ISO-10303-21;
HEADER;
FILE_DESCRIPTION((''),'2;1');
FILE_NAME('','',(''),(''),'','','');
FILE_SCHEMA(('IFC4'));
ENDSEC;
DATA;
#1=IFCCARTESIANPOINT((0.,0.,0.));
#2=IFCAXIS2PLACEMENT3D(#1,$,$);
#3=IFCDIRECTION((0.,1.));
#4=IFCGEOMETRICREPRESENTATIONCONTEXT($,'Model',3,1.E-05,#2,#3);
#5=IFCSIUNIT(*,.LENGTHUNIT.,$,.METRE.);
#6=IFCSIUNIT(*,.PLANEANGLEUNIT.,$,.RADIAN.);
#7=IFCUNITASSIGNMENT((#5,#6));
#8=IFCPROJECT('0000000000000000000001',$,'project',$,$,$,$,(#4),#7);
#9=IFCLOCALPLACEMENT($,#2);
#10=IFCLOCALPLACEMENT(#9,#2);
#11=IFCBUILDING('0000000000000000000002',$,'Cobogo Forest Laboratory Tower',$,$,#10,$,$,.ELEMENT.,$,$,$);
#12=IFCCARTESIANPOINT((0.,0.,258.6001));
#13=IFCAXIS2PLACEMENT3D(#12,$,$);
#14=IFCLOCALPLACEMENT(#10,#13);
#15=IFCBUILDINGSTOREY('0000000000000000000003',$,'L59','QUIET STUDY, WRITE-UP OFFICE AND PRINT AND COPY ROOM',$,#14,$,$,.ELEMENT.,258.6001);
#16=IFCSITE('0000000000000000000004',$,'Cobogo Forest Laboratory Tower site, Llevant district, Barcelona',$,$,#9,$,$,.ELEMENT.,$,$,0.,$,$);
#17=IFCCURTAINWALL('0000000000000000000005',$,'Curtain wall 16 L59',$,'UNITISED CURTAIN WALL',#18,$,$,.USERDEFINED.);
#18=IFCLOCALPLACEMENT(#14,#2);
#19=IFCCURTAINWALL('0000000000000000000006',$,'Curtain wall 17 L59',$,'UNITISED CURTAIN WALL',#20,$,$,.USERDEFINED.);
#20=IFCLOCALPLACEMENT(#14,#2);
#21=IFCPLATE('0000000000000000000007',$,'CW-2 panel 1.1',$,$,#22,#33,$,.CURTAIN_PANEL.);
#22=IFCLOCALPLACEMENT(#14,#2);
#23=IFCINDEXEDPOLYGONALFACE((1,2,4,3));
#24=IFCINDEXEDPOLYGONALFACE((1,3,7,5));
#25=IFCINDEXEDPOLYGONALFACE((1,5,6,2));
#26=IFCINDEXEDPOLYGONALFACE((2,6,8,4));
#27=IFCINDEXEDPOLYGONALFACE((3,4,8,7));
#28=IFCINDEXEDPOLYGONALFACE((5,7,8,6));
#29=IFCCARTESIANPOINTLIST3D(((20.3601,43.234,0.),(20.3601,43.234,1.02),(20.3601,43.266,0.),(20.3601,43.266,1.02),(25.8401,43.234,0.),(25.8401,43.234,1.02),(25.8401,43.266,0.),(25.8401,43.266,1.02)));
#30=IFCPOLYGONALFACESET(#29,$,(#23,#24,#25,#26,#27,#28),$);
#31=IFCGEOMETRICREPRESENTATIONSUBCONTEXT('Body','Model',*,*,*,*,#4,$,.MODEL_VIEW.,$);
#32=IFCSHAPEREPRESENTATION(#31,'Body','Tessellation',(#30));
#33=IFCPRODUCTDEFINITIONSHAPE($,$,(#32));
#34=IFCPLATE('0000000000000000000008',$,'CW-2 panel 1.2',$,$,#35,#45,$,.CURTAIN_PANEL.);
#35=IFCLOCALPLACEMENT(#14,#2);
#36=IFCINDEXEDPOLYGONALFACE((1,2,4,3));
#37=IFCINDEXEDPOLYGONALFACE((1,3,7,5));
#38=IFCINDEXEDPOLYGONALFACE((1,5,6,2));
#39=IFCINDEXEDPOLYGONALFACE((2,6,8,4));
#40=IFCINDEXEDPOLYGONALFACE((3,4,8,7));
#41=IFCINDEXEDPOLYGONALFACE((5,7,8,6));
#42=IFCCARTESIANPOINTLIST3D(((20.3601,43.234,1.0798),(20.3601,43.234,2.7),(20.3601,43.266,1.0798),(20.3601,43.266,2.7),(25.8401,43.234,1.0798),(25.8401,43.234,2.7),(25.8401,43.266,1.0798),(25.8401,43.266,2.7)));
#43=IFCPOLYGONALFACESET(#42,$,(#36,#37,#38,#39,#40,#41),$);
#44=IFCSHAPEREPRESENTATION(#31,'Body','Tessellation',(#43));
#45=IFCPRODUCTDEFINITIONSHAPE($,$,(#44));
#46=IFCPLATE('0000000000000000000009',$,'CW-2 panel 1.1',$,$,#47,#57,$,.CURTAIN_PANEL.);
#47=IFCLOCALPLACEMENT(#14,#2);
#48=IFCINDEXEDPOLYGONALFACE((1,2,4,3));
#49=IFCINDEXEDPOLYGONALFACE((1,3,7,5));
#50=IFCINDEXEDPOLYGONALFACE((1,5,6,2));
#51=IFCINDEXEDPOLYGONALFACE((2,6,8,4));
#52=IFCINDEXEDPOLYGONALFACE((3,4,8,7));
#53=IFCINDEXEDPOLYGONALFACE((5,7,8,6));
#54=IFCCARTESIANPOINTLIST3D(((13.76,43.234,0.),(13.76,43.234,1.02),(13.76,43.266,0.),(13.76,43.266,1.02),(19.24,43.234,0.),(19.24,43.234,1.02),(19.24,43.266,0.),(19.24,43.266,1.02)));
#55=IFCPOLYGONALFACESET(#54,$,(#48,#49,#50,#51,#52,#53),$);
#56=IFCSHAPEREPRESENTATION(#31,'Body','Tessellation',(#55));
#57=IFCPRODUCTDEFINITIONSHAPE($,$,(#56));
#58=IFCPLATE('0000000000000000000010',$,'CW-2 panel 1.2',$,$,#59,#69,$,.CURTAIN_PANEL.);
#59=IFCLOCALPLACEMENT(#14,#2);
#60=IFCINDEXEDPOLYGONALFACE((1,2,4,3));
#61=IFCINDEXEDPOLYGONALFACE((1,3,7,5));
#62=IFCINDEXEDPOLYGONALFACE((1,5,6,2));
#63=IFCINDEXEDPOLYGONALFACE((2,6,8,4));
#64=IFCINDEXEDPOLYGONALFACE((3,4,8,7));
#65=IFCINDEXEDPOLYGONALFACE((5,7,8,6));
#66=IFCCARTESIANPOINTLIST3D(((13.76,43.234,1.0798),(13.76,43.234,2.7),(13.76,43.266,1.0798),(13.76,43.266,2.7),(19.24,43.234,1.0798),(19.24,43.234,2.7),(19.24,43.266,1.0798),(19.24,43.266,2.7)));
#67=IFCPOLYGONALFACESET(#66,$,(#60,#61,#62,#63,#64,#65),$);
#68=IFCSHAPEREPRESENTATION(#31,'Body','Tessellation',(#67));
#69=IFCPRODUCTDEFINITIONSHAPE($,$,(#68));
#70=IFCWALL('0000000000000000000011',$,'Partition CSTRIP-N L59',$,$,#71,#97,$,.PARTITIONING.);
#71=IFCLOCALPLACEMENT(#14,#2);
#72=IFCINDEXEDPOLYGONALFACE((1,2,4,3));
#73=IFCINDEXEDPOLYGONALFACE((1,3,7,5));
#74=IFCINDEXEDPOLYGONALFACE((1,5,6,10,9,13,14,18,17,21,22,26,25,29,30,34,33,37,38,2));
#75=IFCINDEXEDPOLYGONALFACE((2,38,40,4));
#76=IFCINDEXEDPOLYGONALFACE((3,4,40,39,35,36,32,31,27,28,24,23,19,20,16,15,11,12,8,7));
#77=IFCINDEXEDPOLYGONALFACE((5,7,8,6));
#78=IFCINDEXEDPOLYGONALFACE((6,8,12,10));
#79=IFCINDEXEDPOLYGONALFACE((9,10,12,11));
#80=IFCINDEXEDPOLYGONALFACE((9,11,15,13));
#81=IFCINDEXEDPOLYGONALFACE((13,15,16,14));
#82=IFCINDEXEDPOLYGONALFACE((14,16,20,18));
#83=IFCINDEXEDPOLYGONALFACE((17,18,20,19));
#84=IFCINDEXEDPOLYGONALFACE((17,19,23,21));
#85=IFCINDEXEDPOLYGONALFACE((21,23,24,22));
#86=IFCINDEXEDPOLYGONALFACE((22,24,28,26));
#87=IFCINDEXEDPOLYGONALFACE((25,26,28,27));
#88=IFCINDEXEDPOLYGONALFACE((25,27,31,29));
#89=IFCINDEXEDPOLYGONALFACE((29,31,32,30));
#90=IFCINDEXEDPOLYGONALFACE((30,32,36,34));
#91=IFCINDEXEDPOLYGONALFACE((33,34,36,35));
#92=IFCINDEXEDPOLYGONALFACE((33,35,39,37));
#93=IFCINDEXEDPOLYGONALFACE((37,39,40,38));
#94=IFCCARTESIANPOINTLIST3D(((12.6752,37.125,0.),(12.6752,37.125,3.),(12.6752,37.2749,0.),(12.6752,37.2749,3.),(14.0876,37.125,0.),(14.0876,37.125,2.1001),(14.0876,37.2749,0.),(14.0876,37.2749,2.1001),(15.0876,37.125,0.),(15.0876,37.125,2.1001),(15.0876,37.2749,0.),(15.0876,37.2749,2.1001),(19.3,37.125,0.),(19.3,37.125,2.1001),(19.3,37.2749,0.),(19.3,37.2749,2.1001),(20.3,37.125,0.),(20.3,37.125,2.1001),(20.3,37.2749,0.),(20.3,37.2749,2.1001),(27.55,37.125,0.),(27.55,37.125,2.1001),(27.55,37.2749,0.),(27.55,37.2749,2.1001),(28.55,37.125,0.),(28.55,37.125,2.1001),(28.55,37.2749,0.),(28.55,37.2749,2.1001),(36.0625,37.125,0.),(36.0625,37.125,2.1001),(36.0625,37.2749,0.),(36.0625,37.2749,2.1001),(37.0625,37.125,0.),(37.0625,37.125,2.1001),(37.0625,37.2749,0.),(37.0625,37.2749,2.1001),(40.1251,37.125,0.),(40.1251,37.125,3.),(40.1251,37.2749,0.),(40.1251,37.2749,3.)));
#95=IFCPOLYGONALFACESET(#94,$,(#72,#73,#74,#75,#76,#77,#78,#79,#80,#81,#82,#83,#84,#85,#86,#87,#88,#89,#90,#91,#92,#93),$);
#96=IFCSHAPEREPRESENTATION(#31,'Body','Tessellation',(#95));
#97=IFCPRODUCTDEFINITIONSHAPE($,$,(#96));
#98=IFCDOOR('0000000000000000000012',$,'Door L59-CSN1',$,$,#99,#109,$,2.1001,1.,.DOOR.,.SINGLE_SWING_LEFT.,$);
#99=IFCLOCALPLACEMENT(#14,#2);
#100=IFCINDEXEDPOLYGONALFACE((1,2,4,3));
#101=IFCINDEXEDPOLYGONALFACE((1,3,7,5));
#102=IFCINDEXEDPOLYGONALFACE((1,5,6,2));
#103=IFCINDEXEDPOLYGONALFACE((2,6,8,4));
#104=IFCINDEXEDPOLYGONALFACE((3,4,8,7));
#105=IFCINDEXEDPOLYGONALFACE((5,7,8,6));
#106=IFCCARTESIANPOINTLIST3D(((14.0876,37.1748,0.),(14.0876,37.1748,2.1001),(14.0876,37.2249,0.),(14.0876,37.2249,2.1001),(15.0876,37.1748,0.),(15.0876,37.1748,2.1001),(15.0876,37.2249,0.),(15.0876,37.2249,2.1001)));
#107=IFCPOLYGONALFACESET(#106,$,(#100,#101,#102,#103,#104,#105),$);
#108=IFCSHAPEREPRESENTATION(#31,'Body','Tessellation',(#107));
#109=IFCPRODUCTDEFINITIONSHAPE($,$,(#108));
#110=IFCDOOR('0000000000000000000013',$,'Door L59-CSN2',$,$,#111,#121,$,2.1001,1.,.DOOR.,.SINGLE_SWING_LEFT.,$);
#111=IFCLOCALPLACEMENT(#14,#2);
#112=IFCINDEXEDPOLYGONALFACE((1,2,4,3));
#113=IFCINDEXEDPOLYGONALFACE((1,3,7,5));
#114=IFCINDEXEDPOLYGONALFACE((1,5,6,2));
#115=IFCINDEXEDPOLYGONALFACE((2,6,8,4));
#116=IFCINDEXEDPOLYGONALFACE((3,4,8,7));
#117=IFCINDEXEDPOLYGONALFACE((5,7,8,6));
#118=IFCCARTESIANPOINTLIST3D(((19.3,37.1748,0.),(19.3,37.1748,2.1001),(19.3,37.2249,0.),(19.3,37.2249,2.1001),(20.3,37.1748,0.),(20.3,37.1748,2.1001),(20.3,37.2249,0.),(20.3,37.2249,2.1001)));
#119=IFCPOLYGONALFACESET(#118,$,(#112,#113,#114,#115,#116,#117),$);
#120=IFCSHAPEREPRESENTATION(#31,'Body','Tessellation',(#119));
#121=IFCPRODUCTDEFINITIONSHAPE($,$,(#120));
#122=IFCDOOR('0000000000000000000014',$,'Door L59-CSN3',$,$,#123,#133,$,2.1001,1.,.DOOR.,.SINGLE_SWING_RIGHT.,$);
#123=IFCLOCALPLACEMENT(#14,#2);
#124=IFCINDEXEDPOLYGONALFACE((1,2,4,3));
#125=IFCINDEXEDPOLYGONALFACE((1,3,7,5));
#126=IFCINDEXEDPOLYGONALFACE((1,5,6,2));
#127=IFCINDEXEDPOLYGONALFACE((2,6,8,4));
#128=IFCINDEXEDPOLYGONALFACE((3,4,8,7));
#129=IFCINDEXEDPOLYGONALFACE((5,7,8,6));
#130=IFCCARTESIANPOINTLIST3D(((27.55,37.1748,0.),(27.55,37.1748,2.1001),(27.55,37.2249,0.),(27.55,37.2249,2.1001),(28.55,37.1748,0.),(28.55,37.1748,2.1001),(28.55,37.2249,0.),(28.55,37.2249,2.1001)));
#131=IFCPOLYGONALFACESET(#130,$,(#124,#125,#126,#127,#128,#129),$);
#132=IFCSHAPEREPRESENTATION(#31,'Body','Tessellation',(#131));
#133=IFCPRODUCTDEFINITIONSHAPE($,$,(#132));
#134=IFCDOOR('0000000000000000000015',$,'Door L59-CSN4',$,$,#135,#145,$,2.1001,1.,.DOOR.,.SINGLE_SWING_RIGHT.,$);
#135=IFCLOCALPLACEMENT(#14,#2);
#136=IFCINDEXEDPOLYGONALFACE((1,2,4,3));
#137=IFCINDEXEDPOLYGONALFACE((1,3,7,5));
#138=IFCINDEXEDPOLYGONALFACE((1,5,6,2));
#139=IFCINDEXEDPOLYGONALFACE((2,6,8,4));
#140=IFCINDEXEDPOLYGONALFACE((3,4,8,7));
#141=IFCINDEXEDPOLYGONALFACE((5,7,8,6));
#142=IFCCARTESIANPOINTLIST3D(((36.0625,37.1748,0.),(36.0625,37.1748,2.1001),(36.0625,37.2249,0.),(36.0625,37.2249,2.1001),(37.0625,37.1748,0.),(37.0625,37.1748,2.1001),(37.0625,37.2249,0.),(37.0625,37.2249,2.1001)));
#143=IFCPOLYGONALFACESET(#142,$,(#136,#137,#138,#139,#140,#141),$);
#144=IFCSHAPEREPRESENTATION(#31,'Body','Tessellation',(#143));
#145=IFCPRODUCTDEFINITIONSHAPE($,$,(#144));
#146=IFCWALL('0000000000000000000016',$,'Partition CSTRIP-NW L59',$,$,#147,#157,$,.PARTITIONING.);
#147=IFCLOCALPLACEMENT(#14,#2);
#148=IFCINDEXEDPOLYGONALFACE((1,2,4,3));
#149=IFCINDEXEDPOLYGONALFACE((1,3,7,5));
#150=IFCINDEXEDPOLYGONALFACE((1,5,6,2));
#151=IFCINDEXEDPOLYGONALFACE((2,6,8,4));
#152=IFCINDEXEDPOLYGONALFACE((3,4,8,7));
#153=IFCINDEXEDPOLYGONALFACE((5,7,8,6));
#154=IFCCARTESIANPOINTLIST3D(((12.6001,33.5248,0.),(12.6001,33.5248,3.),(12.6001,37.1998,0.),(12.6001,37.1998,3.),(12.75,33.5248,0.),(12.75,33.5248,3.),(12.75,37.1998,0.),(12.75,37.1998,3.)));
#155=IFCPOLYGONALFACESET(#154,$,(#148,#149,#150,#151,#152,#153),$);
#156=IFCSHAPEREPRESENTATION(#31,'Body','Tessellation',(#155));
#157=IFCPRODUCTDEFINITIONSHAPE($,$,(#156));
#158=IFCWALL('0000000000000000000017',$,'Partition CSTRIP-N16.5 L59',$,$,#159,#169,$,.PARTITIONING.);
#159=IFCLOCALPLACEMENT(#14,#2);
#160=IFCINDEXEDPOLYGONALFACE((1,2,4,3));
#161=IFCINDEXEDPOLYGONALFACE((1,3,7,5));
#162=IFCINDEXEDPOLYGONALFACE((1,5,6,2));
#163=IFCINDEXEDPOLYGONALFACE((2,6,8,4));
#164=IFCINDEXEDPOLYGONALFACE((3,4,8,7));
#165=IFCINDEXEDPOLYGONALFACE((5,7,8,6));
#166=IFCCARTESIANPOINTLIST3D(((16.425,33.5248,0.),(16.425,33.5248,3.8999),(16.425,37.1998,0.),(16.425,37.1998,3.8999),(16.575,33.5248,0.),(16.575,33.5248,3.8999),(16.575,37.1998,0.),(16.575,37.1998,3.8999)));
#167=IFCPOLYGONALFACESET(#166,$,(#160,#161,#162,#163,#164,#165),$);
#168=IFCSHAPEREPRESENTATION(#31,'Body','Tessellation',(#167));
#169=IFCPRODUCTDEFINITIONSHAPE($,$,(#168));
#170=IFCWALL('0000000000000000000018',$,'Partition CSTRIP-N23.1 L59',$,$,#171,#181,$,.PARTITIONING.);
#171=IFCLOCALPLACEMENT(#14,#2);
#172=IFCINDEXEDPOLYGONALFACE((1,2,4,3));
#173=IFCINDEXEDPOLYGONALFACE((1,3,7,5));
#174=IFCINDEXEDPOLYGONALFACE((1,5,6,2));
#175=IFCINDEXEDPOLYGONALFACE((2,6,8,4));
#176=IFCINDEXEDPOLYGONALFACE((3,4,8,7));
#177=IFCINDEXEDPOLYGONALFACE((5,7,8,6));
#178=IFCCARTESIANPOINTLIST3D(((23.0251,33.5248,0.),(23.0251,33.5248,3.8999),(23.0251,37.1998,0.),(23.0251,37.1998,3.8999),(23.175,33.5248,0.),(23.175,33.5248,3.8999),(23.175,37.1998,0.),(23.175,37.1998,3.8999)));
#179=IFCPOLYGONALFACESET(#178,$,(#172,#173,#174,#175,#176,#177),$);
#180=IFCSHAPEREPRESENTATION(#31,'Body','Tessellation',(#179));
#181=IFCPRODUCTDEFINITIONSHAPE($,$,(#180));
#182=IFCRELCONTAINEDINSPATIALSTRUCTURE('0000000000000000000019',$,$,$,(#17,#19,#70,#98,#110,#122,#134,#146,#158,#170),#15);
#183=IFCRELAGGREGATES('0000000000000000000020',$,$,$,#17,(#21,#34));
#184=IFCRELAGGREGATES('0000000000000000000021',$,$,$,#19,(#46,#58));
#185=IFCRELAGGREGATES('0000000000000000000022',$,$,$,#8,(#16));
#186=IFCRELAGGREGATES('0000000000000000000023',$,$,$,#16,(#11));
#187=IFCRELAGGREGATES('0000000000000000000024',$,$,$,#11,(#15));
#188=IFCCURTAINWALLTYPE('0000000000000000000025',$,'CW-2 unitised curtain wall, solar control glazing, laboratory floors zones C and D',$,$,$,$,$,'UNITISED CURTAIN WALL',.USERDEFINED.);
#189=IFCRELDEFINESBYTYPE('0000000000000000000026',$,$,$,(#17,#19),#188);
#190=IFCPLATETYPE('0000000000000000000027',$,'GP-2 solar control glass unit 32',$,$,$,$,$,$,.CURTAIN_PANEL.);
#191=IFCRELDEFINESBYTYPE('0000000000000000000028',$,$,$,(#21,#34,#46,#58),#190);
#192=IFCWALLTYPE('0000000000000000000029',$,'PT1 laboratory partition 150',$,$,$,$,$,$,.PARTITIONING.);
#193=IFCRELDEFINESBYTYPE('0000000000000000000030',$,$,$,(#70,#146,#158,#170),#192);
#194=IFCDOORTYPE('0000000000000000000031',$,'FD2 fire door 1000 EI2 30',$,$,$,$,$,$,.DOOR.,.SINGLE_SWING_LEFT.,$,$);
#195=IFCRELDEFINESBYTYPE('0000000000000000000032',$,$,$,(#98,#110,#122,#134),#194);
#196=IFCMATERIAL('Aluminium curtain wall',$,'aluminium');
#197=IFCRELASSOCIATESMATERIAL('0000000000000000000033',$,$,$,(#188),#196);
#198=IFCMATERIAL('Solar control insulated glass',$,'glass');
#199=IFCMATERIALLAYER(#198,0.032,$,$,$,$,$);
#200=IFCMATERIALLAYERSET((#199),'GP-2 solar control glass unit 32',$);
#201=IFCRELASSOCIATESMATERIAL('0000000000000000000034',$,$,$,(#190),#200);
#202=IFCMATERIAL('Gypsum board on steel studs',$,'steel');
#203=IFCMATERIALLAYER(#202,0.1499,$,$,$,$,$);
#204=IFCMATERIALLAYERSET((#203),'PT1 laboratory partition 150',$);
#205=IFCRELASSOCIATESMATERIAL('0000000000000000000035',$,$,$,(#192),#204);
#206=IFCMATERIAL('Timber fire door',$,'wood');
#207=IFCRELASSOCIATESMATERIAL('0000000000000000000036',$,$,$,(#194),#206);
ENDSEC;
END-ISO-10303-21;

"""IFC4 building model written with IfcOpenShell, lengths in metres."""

from ifc_helpers import new_model, si_unit, direction, frame, frame_2d, origin, origin_2d, place, context, subcontext, project, spatial, rectangle, extrude, material, layer, layer_set, type_object, element, fill, aggregate, save


model = new_model("IFC4")

# Units and contexts
model_context = context("Model", 3, precision=1e-05, world=origin(), true_north=direction((0.0, 1.0)))
body_context = subcontext(model_context, "Body", "Model", "MODEL_VIEW")
ifc_project = project(units=[si_unit("LENGTHUNIT", "METRE"), si_unit("PLANEANGLEUNIT", "RADIAN")], contexts=[model_context])

# Site, building, storey
site_placement = place(None, origin())
site = spatial("IfcSite", under=ifc_project, at=site_placement, Name="Cobogo Forest Laboratory Tower site, Llevant district, Barcelona", CompositionType="ELEMENT", RefElevation=0.0)
building_placement = place(site_placement, origin())
building = spatial("IfcBuilding", under=site, at=building_placement, Name="Cobogo Forest Laboratory Tower", CompositionType="ELEMENT")
storey_placement = place(building_placement, frame((0.0, 0.0, 258.6001)))
storey = spatial("IfcBuildingStorey", under=building, at=storey_placement, Name="L59", Description="QUIET STUDY, WRITE-UP OFFICE AND PRINT AND COPY ROOM", CompositionType="ELEMENT", Elevation=258.6001)

# Curtain walls
ifc_material_1 = material(Name="Aluminium curtain wall", Category="aluminium")
curtain_wall_type = type_object("IfcCurtainWallType", Name="CW-2 unitised curtain wall, solar control glazing, laboratory floors zones C and D", ElementType="UNITISED CURTAIN WALL", PredefinedType="USERDEFINED", material=ifc_material_1)
curtain_wall_1_placement = place(storey_placement, origin())
curtain_wall_1 = element("IfcCurtainWall", 1, at=curtain_wall_1_placement, inside=storey, type_object=curtain_wall_type, Name="Curtain wall 16 L59", ObjectType="UNITISED CURTAIN WALL", PredefinedType="USERDEFINED")
curtain_wall_2_placement = place(storey_placement, origin())
curtain_wall_2 = element("IfcCurtainWall", 2, at=curtain_wall_2_placement, inside=storey, type_object=curtain_wall_type, Name="Curtain wall 17 L59", ObjectType="UNITISED CURTAIN WALL", PredefinedType="USERDEFINED")

# Plates
ifc_material_2 = material(Name="Solar control insulated glass", Category="glass")
ifc_layer_1 = layer(ifc_material_2, 0.032)
ifc_layer_set_1 = layer_set([ifc_layer_1], Name="GP-2 solar control glass unit 32")
plate_type_1 = type_object("IfcPlateType", Name="GP-2 solar control glass unit 32", PredefinedType="CURTAIN_PANEL", material=ifc_layer_set_1)
plate_1_placement = place(storey_placement, frame((23.1001, 43.25, 0.0), z_axis=(0.0, 0.0, 1.0), x_axis=(-1.0, 0.0, 0.0)))
plate_1 = element("IfcPlate", 3, at=plate_1_placement, type_object=plate_type_1, Name="CW-2 panel 1.1", PredefinedType="CURTAIN_PANEL", context=body_context, shape_type="SweptSolid", body=[
    extrude(rectangle(XDim=5.48, YDim=0.032, at=origin_2d()), origin(), (0.0, 0.0, 1.0), 1.02),
])
plate_2_placement = place(storey_placement, frame((23.1001, 43.25, 1.0798), z_axis=(0.0, 0.0, 1.0), x_axis=(-1.0, 0.0, 0.0)))
plate_2 = element("IfcPlate", 4, at=plate_2_placement, type_object=plate_type_1, Name="CW-2 panel 1.2", PredefinedType="CURTAIN_PANEL", context=body_context, shape_type="SweptSolid", body=[
    extrude(rectangle(XDim=5.48, YDim=0.032, at=origin_2d()), origin(), (0.0, 0.0, 1.0), 1.6201),
])
aggregate(curtain_wall_1, [plate_1, plate_2])
plate_3_placement = place(storey_placement, frame((16.5, 43.25, 0.0), z_axis=(0.0, 0.0, 1.0), x_axis=(-1.0, 0.0, 0.0)))
plate_3 = element("IfcPlate", 5, at=plate_3_placement, type_object=plate_type_1, Name="CW-2 panel 1.1", PredefinedType="CURTAIN_PANEL", context=body_context, shape_type="SweptSolid", body=[
    extrude(rectangle(XDim=5.48, YDim=0.032, at=origin_2d()), origin(), (0.0, 0.0, 1.0), 1.02),
])
plate_4_placement = place(storey_placement, frame((16.5, 43.25, 1.0798), z_axis=(0.0, 0.0, 1.0), x_axis=(-1.0, 0.0, 0.0)))
plate_4 = element("IfcPlate", 6, at=plate_4_placement, type_object=plate_type_1, Name="CW-2 panel 1.2", PredefinedType="CURTAIN_PANEL", context=body_context, shape_type="SweptSolid", body=[
    extrude(rectangle(XDim=5.48, YDim=0.032, at=origin_2d()), origin(), (0.0, 0.0, 1.0), 1.6201),
])
aggregate(curtain_wall_2, [plate_3, plate_4])

# Wall, openings, doors
ifc_material_3 = material(Name="Gypsum board on steel studs", Category="steel")
ifc_layer_2 = layer(ifc_material_3, 0.1499)
ifc_layer_set_2 = layer_set([ifc_layer_2], Name="PT1 laboratory partition 150")
wall_type = type_object("IfcWallType", Name="PT1 laboratory partition 150", PredefinedType="PARTITIONING", material=ifc_layer_set_2)
wall_1_placement = place(storey_placement, frame((12.675, 37.2, 0.0), z_axis=(0.0, 0.0, 1.0), x_axis=(1.0, 0.0, 0.0)))
wall_1 = element("IfcWall", 7, at=wall_1_placement, inside=storey, type_object=wall_type, Name="Partition CSTRIP-N L59", PredefinedType="PARTITIONING", context=body_context, shape_type="SweptSolid", body=[
    extrude(rectangle(XDim=27.45, YDim=0.1499, at=frame_2d((13.7251, 0.0))), origin(), (0.0, 0.0, 1.0), 3.0),
])
opening_1_placement = place(wall_1_placement, frame((1.4126, 0.0, 0.0)))
opening_1 = element("IfcOpeningElement", 8, at=opening_1_placement, cuts=wall_1, PredefinedType="OPENING", context=body_context, shape_type="SweptSolid", body=[
    extrude(rectangle(XDim=1.0, YDim=2.1001, at=frame_2d((0.5, 1.05))), frame((0.0, 0.085, 0.0), z_axis=(0.0, -1.0, 0.0), x_axis=(1.0, 0.0, 0.0)), (0.0, 0.0, 1.0), 0.1699),
])
opening_2_placement = place(wall_1_placement, frame((6.625, 0.0, 0.0)))
opening_2 = element("IfcOpeningElement", 9, at=opening_2_placement, cuts=wall_1, PredefinedType="OPENING", context=body_context, shape_type="SweptSolid", body=[
    extrude(rectangle(XDim=1.0, YDim=2.1001, at=frame_2d((0.5, 1.05))), frame((0.0, 0.085, 0.0), z_axis=(0.0, -1.0, 0.0), x_axis=(1.0, 0.0, 0.0)), (0.0, 0.0, 1.0), 0.1699),
])
opening_3_placement = place(wall_1_placement, frame((14.875, 0.0, 0.0)))
opening_3 = element("IfcOpeningElement", 10, at=opening_3_placement, cuts=wall_1, PredefinedType="OPENING", context=body_context, shape_type="SweptSolid", body=[
    extrude(rectangle(XDim=1.0, YDim=2.1001, at=frame_2d((0.5, 1.05))), frame((0.0, 0.085, 0.0), z_axis=(0.0, -1.0, 0.0), x_axis=(1.0, 0.0, 0.0)), (0.0, 0.0, 1.0), 0.1699),
])
opening_4_placement = place(wall_1_placement, frame((23.3875, 0.0, 0.0)))
opening_4 = element("IfcOpeningElement", 11, at=opening_4_placement, cuts=wall_1, PredefinedType="OPENING", context=body_context, shape_type="SweptSolid", body=[
    extrude(rectangle(XDim=1.0, YDim=2.1001, at=frame_2d((0.5, 1.05))), frame((0.0, 0.085, 0.0), z_axis=(0.0, -1.0, 0.0), x_axis=(1.0, 0.0, 0.0)), (0.0, 0.0, 1.0), 0.1699),
])
ifc_material_4 = material(Name="Timber fire door", Category="wood")
door_type = type_object("IfcDoorType", Name="FD2 fire door 1000 EI2 30", OperationType="SINGLE_SWING_LEFT", PredefinedType="DOOR", material=ifc_material_4)
door_1_placement = place(opening_1_placement, origin())
door_1 = element("IfcDoor", 12, at=door_1_placement, inside=storey, type_object=door_type, Name="Door L59-CSN1", OperationType="SINGLE_SWING_LEFT", OverallHeight=2.1001, OverallWidth=1.0, PredefinedType="DOOR", context=body_context, shape_type="SweptSolid", body=[
    extrude(rectangle(XDim=1.0, YDim=2.1001, at=frame_2d((0.5, 1.05))), frame((0.0, 0.0249, 0.0), z_axis=(0.0, -1.0, 0.0), x_axis=(1.0, 0.0, 0.0)), (0.0, 0.0, 1.0), 0.05),
])
fill(opening_1, door_1)
door_2_placement = place(opening_2_placement, origin())
door_2 = element("IfcDoor", 13, at=door_2_placement, inside=storey, type_object=door_type, Name="Door L59-CSN2", OperationType="SINGLE_SWING_LEFT", OverallHeight=2.1001, OverallWidth=1.0, PredefinedType="DOOR", context=body_context, shape_type="SweptSolid", body=[
    extrude(rectangle(XDim=1.0, YDim=2.1001, at=frame_2d((0.5, 1.05))), frame((0.0, 0.0249, 0.0), z_axis=(0.0, -1.0, 0.0), x_axis=(1.0, 0.0, 0.0)), (0.0, 0.0, 1.0), 0.05),
])
fill(opening_2, door_2)
door_3_placement = place(opening_3_placement, origin())
door_3 = element("IfcDoor", 14, at=door_3_placement, inside=storey, type_object=door_type, Name="Door L59-CSN3", OperationType="SINGLE_SWING_RIGHT", OverallHeight=2.1001, OverallWidth=1.0, PredefinedType="DOOR", context=body_context, shape_type="SweptSolid", body=[
    extrude(rectangle(XDim=1.0, YDim=2.1001, at=frame_2d((0.5, 1.05))), frame((0.0, 0.0249, 0.0), z_axis=(0.0, -1.0, 0.0), x_axis=(1.0, 0.0, 0.0)), (0.0, 0.0, 1.0), 0.05),
])
fill(opening_3, door_3)
door_4_placement = place(opening_4_placement, origin())
door_4 = element("IfcDoor", 15, at=door_4_placement, inside=storey, type_object=door_type, Name="Door L59-CSN4", OperationType="SINGLE_SWING_RIGHT", OverallHeight=2.1001, OverallWidth=1.0, PredefinedType="DOOR", context=body_context, shape_type="SweptSolid", body=[
    extrude(rectangle(XDim=1.0, YDim=2.1001, at=frame_2d((0.5, 1.05))), frame((0.0, 0.0249, 0.0), z_axis=(0.0, -1.0, 0.0), x_axis=(1.0, 0.0, 0.0)), (0.0, 0.0, 1.0), 0.05),
])
fill(opening_4, door_4)

# Walls
wall_2_placement = place(storey_placement, frame((12.675, 33.5249, 0.0), z_axis=(0.0, 0.0, 1.0), x_axis=(0.0, 1.0, 0.0)))
element("IfcWall", 16, at=wall_2_placement, inside=storey, type_object=wall_type, Name="Partition CSTRIP-NW L59", PredefinedType="PARTITIONING", context=body_context, shape_type="SweptSolid", body=[
    extrude(rectangle(XDim=3.675, YDim=0.1499, at=frame_2d((1.8374, 0.0))), origin(), (0.0, 0.0, 1.0), 3.0),
])
for number, where, z_axis, x_axis, name in (
    (17, (16.5, 33.5249, 0.0), (0.0, 0.0, 1.0), (0.0, 1.0, 0.0), "Partition CSTRIP-N16.5 L59"),
    (18, (23.1001, 33.5249, 0.0), (0.0, 0.0, 1.0), (0.0, 1.0, 0.0), "Partition CSTRIP-N23.1 L59"),
):
    element("IfcWall", number, at=place(storey_placement, frame(where, z_axis=z_axis, x_axis=x_axis)), inside=storey, type_object=wall_type, Name=name, PredefinedType="PARTITIONING", context=body_context, shape_type="SweptSolid", body=[
        extrude(rectangle(XDim=3.675, YDim=0.1499, at=frame_2d((1.8374, 0.0))), origin(), (0.0, 0.0, 1.0), 3.8999),
    ])

save(model, "model.ifc")
